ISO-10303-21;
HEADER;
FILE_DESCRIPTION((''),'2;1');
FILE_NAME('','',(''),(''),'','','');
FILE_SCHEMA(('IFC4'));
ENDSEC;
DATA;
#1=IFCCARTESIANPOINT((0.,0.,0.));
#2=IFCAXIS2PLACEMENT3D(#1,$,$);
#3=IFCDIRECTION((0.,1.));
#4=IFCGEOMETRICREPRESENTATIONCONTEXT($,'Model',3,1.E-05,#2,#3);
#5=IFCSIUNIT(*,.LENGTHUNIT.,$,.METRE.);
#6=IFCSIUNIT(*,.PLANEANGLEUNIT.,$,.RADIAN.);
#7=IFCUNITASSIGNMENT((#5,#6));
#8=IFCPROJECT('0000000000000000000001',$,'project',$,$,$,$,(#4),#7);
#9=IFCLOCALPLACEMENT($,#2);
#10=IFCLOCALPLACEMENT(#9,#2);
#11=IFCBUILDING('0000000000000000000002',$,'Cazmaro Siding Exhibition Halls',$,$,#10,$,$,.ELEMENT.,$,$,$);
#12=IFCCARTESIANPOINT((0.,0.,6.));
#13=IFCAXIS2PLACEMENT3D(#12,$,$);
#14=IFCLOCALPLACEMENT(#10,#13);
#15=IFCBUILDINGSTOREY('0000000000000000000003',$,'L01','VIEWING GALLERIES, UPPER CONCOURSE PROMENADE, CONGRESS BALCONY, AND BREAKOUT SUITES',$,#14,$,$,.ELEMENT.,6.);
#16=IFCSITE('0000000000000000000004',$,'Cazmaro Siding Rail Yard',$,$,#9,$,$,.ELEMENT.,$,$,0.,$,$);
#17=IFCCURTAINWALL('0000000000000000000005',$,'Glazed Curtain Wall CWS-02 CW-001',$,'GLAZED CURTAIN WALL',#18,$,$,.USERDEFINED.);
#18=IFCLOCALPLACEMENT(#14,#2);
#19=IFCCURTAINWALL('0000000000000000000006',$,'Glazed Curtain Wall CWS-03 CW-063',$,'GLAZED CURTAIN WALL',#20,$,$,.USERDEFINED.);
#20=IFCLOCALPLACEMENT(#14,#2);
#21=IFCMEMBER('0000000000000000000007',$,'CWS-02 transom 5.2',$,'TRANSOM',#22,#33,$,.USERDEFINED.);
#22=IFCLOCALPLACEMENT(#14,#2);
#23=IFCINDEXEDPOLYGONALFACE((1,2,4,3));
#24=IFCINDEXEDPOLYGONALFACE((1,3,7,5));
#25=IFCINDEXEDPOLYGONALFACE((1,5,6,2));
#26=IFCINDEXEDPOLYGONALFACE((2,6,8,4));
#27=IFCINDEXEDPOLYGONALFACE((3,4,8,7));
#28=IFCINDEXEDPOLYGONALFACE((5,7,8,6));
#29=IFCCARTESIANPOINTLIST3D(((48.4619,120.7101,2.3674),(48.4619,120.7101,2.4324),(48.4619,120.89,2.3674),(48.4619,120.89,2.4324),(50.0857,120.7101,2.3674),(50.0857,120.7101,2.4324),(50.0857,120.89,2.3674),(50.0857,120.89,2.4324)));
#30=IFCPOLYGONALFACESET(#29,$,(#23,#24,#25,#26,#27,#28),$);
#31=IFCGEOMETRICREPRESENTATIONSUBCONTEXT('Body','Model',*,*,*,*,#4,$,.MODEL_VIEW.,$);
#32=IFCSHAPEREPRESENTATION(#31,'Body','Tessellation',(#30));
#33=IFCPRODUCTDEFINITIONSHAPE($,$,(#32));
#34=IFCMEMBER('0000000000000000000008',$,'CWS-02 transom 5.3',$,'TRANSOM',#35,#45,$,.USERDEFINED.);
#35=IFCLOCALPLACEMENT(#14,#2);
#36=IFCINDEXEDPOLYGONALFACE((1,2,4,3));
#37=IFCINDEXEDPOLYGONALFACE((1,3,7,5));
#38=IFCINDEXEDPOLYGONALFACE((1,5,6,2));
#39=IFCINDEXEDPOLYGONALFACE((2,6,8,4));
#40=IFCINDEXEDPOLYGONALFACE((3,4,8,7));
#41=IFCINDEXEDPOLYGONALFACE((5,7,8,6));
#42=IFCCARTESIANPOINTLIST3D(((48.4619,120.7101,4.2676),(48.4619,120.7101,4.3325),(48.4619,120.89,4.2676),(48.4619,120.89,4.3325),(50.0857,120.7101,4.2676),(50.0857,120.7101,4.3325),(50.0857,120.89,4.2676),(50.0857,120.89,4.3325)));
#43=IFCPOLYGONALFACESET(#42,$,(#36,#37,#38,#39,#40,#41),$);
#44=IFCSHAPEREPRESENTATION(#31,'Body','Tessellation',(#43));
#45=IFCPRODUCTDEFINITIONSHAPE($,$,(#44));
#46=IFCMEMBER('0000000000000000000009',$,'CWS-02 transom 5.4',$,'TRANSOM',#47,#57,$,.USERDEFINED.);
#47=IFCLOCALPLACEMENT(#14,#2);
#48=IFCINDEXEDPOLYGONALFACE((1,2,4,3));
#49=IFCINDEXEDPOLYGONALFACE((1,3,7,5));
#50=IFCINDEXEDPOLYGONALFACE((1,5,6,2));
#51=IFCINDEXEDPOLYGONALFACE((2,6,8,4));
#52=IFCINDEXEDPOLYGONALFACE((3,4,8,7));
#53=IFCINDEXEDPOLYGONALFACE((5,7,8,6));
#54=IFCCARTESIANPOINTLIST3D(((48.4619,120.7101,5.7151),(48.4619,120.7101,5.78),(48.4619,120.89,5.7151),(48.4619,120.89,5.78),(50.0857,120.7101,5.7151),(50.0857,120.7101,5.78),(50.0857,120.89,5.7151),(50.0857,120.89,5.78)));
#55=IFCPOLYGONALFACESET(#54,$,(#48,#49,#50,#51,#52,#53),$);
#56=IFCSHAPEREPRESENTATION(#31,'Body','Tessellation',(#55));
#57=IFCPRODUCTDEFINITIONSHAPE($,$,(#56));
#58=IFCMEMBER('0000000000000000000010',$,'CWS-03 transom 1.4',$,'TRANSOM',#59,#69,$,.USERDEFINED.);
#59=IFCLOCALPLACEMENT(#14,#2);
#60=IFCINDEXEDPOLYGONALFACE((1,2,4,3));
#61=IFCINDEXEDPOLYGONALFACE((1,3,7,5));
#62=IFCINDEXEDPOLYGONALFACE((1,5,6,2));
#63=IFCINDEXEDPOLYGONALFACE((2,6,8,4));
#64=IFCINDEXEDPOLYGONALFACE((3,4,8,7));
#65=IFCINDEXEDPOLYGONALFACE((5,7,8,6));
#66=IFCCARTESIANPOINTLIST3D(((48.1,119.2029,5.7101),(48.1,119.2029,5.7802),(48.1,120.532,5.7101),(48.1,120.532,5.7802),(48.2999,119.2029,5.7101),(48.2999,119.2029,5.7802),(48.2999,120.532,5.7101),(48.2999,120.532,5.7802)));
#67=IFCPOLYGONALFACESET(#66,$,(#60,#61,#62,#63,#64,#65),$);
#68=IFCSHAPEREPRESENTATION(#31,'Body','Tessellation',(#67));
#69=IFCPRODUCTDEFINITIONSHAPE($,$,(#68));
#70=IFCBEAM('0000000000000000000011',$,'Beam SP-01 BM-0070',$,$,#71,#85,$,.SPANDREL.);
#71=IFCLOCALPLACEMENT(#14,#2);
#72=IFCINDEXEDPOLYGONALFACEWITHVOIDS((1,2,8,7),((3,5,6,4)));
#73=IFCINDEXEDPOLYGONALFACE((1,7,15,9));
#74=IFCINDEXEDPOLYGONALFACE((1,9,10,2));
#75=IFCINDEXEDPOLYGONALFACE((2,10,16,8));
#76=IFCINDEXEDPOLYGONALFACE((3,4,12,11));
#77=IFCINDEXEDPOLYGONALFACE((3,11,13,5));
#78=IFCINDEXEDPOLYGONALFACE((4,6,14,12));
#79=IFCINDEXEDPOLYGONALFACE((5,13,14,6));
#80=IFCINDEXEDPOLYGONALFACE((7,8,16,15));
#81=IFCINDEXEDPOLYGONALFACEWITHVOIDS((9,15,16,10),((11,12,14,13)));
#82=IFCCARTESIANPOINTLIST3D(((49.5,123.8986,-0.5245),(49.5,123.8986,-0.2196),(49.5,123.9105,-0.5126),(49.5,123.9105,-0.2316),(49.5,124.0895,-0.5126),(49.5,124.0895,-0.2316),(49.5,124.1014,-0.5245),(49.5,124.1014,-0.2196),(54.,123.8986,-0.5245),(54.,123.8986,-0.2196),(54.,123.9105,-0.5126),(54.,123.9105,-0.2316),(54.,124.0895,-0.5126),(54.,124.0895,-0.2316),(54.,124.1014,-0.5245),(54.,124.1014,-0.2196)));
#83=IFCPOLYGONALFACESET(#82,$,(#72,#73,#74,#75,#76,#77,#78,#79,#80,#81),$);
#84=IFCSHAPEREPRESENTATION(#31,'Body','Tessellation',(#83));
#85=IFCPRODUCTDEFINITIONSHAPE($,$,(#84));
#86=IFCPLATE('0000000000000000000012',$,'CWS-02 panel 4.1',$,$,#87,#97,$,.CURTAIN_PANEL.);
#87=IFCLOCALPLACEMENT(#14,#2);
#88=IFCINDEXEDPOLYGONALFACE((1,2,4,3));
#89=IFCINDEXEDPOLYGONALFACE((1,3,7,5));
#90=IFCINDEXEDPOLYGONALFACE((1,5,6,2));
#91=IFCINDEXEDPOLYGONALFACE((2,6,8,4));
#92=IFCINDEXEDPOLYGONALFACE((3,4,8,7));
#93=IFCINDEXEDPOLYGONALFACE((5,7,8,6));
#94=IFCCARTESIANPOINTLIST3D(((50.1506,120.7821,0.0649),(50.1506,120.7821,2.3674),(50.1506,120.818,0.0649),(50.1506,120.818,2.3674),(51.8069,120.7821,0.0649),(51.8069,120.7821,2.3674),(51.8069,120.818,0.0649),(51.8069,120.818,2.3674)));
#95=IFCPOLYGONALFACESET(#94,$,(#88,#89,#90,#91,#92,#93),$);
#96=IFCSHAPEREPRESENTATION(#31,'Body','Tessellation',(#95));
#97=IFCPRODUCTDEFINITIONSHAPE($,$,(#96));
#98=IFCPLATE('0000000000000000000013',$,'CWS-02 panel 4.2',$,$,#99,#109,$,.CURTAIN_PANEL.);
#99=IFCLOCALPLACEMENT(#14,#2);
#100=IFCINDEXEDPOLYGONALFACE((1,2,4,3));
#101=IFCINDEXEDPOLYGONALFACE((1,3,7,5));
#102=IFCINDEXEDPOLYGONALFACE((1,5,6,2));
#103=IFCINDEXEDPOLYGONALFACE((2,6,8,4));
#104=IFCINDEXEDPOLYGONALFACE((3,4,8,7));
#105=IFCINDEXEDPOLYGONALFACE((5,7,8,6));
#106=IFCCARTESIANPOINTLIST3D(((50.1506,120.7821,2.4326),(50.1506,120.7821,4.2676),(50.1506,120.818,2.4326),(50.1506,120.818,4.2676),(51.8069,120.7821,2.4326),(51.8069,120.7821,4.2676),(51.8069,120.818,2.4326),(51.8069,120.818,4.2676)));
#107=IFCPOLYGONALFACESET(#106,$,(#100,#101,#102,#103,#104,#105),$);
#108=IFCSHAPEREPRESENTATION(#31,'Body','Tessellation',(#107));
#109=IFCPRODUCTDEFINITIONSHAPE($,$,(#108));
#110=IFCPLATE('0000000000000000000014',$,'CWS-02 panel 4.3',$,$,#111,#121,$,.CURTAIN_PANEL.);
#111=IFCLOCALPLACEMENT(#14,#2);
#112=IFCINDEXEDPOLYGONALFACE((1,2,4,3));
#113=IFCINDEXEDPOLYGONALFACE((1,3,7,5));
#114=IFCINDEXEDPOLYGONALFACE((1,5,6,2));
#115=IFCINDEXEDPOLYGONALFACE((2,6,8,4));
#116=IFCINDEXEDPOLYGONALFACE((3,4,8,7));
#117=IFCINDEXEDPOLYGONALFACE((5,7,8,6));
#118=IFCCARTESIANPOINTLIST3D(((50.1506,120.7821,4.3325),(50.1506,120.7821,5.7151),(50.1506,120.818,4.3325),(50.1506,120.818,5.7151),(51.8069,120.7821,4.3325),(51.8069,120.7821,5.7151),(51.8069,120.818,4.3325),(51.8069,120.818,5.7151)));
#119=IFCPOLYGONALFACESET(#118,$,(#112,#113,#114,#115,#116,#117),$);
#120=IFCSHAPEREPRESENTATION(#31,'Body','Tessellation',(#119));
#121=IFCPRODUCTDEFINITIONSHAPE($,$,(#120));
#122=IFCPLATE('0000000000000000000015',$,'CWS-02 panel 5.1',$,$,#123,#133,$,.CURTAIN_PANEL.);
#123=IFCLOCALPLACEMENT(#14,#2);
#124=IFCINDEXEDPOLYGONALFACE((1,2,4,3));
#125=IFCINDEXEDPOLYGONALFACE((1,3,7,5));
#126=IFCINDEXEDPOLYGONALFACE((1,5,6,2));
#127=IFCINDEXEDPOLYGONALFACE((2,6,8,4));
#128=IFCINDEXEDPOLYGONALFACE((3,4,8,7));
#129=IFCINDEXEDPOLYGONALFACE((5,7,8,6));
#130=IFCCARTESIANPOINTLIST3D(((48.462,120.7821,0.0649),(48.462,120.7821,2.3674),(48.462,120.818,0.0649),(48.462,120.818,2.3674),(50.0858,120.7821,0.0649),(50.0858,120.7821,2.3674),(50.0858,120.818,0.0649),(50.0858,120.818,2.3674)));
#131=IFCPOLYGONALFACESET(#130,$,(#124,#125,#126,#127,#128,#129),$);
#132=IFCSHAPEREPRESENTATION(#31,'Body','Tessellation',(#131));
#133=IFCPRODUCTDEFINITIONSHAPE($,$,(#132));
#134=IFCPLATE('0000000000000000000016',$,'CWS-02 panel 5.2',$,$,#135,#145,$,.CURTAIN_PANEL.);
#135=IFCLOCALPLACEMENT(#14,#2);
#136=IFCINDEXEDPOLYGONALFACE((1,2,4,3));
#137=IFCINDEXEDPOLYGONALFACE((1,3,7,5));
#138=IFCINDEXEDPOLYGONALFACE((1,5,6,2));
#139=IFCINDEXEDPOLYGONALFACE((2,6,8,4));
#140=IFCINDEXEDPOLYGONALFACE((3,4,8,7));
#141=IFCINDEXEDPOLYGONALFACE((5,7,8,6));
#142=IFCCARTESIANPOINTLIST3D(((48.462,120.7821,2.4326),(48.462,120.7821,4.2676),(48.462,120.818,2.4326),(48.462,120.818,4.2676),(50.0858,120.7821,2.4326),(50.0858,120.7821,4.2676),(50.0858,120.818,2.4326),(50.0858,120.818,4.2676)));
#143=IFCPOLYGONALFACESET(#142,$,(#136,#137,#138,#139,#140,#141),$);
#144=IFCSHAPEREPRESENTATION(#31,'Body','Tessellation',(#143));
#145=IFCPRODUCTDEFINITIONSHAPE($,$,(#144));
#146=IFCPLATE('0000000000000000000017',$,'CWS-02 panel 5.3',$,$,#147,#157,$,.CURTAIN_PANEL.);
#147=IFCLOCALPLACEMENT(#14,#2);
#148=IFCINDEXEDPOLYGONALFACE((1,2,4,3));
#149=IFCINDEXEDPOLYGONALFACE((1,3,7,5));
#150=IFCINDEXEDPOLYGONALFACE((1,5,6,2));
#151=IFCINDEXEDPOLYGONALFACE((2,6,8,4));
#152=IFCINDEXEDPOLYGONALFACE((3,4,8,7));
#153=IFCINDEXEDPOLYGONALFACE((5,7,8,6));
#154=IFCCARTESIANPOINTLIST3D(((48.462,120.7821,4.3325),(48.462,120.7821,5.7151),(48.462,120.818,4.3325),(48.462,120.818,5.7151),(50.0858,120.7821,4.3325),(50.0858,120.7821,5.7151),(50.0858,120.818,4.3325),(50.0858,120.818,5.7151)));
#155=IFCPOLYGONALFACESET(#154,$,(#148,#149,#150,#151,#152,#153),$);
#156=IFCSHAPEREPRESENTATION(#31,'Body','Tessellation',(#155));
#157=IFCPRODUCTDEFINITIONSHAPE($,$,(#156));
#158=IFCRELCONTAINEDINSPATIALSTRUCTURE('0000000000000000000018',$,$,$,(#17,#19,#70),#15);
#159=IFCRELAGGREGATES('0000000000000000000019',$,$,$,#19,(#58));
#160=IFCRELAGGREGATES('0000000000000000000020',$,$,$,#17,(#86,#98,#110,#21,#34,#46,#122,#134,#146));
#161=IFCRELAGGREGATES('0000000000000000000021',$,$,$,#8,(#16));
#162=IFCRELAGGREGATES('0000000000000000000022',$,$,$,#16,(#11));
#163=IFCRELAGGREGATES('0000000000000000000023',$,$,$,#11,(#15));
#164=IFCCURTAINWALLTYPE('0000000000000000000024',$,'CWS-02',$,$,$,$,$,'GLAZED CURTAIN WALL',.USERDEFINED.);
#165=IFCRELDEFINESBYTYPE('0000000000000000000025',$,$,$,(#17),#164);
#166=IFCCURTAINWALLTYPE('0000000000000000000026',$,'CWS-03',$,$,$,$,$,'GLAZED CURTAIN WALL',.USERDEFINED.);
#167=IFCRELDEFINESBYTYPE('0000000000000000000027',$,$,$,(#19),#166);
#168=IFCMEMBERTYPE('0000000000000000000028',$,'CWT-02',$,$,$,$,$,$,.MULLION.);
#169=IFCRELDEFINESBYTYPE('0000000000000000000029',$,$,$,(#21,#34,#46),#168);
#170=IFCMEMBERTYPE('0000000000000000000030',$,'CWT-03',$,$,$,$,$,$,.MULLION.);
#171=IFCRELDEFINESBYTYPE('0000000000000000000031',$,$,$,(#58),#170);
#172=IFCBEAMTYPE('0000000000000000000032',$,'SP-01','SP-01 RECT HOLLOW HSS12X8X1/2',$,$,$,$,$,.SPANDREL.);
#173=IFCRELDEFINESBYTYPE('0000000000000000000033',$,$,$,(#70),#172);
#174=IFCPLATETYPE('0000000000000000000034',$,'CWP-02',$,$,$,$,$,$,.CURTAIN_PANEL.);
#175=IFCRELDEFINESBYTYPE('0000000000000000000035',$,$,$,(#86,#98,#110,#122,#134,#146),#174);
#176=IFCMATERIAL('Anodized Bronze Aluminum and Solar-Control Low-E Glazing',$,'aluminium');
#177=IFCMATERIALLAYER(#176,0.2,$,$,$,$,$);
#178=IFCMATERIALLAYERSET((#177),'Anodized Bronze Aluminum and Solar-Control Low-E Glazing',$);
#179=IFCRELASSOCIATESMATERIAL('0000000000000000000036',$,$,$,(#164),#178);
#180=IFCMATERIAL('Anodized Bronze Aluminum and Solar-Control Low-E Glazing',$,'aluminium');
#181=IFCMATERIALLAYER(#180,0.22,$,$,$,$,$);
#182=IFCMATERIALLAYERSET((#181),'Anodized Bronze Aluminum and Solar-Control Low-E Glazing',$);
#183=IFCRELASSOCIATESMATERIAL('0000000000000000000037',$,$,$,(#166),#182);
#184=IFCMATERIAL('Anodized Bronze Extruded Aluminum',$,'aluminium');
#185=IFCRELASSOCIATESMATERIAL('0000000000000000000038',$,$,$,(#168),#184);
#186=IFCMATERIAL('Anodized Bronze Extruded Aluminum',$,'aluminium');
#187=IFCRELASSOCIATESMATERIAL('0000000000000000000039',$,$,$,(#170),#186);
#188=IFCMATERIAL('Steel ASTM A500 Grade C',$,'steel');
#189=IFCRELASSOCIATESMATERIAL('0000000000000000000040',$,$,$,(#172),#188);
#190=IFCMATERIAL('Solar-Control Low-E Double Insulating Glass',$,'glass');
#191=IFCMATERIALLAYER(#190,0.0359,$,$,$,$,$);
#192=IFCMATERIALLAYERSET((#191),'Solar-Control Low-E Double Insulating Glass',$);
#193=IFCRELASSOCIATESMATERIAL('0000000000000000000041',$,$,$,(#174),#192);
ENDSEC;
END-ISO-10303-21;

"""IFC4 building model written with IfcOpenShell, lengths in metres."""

from ifc_helpers import new_model, si_unit, direction, frame, origin, origin_2d, place, context, subcontext, project, spatial, rectangle, hollow_rectangle, extrude, material, layer, layer_set, material_profile, profile_set, type_object, element, aggregate, save


model = new_model("IFC4")

# Units and contexts
model_context = context("Model", 3, precision=1e-05, world=origin(), true_north=direction((0.0, 1.0)))
body_context = subcontext(model_context, "Body", "Model", "MODEL_VIEW")
ifc_project = project(units=[si_unit("LENGTHUNIT", "METRE"), si_unit("PLANEANGLEUNIT", "RADIAN")], contexts=[model_context])

# Site, building, storey
site_placement = place(None, origin())
site = spatial("IfcSite", under=ifc_project, at=site_placement, Name="Cazmaro Siding Rail Yard", CompositionType="ELEMENT", RefElevation=0.0)
building_placement = place(site_placement, origin())
building = spatial("IfcBuilding", under=site, at=building_placement, Name="Cazmaro Siding Exhibition Halls", CompositionType="ELEMENT")
storey_placement = place(building_placement, frame((0.0, 0.0, 6.0)))
storey = spatial("IfcBuildingStorey", under=building, at=storey_placement, Name="L01", Description="VIEWING GALLERIES, UPPER CONCOURSE PROMENADE, CONGRESS BALCONY, AND BREAKOUT SUITES", CompositionType="ELEMENT", Elevation=6.0)

# Curtain wall
ifc_material_1 = material(Name="Anodized Bronze Aluminum and Solar-Control Low-E Glazing", Category="aluminium")
ifc_layer_1 = layer(ifc_material_1, 0.2)
ifc_layer_set_1 = layer_set([ifc_layer_1], Name="Anodized Bronze Aluminum and Solar-Control Low-E Glazing")
curtain_wall_type_1 = type_object("IfcCurtainWallType", Name="CWS-02", ElementType="GLAZED CURTAIN WALL", PredefinedType="USERDEFINED", material=ifc_layer_set_1)
curtain_wall_1_placement = place(storey_placement, origin())
curtain_wall_1 = element("IfcCurtainWall", 1, at=curtain_wall_1_placement, inside=storey, type_object=curtain_wall_type_1, Name="Glazed Curtain Wall CWS-02 CW-001", ObjectType="GLAZED CURTAIN WALL", PredefinedType="USERDEFINED")

# Curtain wall
ifc_material_2 = material(Name="Anodized Bronze Aluminum and Solar-Control Low-E Glazing", Category="aluminium")
ifc_layer_2 = layer(ifc_material_2, 0.22)
ifc_layer_set_2 = layer_set([ifc_layer_2], Name="Anodized Bronze Aluminum and Solar-Control Low-E Glazing")
curtain_wall_type_2 = type_object("IfcCurtainWallType", Name="CWS-03", ElementType="GLAZED CURTAIN WALL", PredefinedType="USERDEFINED", material=ifc_layer_set_2)
curtain_wall_2_placement = place(storey_placement, origin())
curtain_wall_2 = element("IfcCurtainWall", 2, at=curtain_wall_2_placement, inside=storey, type_object=curtain_wall_type_2, Name="Glazed Curtain Wall CWS-03 CW-063", ObjectType="GLAZED CURTAIN WALL", PredefinedType="USERDEFINED")

# Members
ifc_material_3 = material(Name="Anodized Bronze Extruded Aluminum", Category="aluminium")
ifc_material_profile_1 = material_profile(ifc_material_3, rectangle(XDim=0.1799, YDim=0.0649, at=origin_2d()), Name="CWT-02")
ifc_profile_set_1 = profile_set([ifc_material_profile_1], Name="Anodized Bronze Extruded Aluminum")
member_type_1 = type_object("IfcMemberType", Name="CWT-02", PredefinedType="MULLION", material=ifc_profile_set_1)
member_1_placement = place(storey_placement, frame((50.0857, 120.8, 2.3999), z_axis=(-1.0, 0.0, 0.0), x_axis=(0.0, -1.0, 0.0)))
member_1 = element("IfcMember", 3, at=member_1_placement, type_object=member_type_1, Name="CWS-02 transom 5.2", ObjectType="TRANSOM", PredefinedType="USERDEFINED", context=body_context, shape_type="SweptSolid", body=[
    extrude(rectangle(XDim=0.1799, YDim=0.0649, at=origin_2d()), origin(), (0.0, 0.0, 1.0), 1.6238),
])
member_2_placement = place(storey_placement, frame((50.0857, 120.8, 4.3), z_axis=(-1.0, 0.0, 0.0), x_axis=(0.0, -1.0, 0.0)))
member_2 = element("IfcMember", 4, at=member_2_placement, type_object=member_type_1, Name="CWS-02 transom 5.3", ObjectType="TRANSOM", PredefinedType="USERDEFINED", context=body_context, shape_type="SweptSolid", body=[
    extrude(rectangle(XDim=0.1799, YDim=0.0649, at=origin_2d()), origin(), (0.0, 0.0, 1.0), 1.6238),
])
member_3_placement = place(storey_placement, frame((50.0857, 120.8, 5.7476), z_axis=(-1.0, 0.0, 0.0), x_axis=(0.0, -1.0, 0.0)))
member_3 = element("IfcMember", 5, at=member_3_placement, type_object=member_type_1, Name="CWS-02 transom 5.4", ObjectType="TRANSOM", PredefinedType="USERDEFINED", context=body_context, shape_type="SweptSolid", body=[
    extrude(rectangle(XDim=0.1799, YDim=0.0649, at=origin_2d()), origin(), (0.0, 0.0, 1.0), 1.6238),
])
ifc_material_4 = material(Name="Anodized Bronze Extruded Aluminum", Category="aluminium")
ifc_material_profile_2 = material_profile(ifc_material_4, rectangle(XDim=0.2, YDim=0.0701, at=origin_2d()), Name="CWT-03")
ifc_profile_set_2 = profile_set([ifc_material_profile_2], Name="Anodized Bronze Extruded Aluminum")
member_type_2 = type_object("IfcMemberType", Name="CWT-03", PredefinedType="MULLION", material=ifc_profile_set_2)
member_4_placement = place(storey_placement, frame((48.2, 120.532, 5.7451), z_axis=(0.0, -1.0, 0.0), x_axis=(1.0, 0.0, 0.0)))
member_4 = element("IfcMember", 6, at=member_4_placement, type_object=member_type_2, Name="CWS-03 transom 1.4", ObjectType="TRANSOM", PredefinedType="USERDEFINED", context=body_context, shape_type="SweptSolid", body=[
    extrude(rectangle(XDim=0.2, YDim=0.0701, at=origin_2d()), origin(), (0.0, 0.0, 1.0), 1.3291),
])
aggregate(curtain_wall_2, [member_4])

# Beam
ifc_material_5 = material(Name="Steel ASTM A500 Grade C", Category="steel")
ifc_material_profile_3 = material_profile(ifc_material_5, hollow_rectangle(XDim=0.2029, YDim=0.3049, WallThickness=0.012, at=origin_2d()), Name="HSS12X8X1/2")
ifc_profile_set_3 = profile_set([ifc_material_profile_3], Name="Steel ASTM A500 Grade C")
beam_type_1 = type_object("IfcBeamType", Name="SP-01", Description="SP-01 RECT HOLLOW HSS12X8X1/2", PredefinedType="SPANDREL", material=ifc_profile_set_3)
beam_1_placement = place(storey_placement, frame((49.5, 124.0, -0.3721), z_axis=(1.0, 0.0, 0.0), x_axis=(0.0, 1.0, 0.0)))
element("IfcBeam", 7, at=beam_1_placement, inside=storey, type_object=beam_type_1, Name="Beam SP-01 BM-0070", PredefinedType="SPANDREL", context=body_context, shape_type="SweptSolid", body=[
    extrude(hollow_rectangle(XDim=0.2029, YDim=0.3049, WallThickness=0.012, at=origin_2d()), origin(), (0.0, 0.0, 1.0), 4.5),
])

# Plates
ifc_material_6 = material(Name="Solar-Control Low-E Double Insulating Glass", Category="glass")
ifc_layer_3 = layer(ifc_material_6, 0.0359)
ifc_layer_set_3 = layer_set([ifc_layer_3], Name="Solar-Control Low-E Double Insulating Glass")
plate_type = type_object("IfcPlateType", Name="CWP-02", PredefinedType="CURTAIN_PANEL", material=ifc_layer_set_3)
plate_1_placement = place(storey_placement, frame((50.9788, 120.8, 0.0649), z_axis=(0.0, 0.0, 1.0), x_axis=(-1.0, 0.0, 0.0)))
plate_1 = element("IfcPlate", 8, at=plate_1_placement, type_object=plate_type, Name="CWS-02 panel 4.1", PredefinedType="CURTAIN_PANEL", context=body_context, shape_type="SweptSolid", body=[
    extrude(rectangle(XDim=1.6562, YDim=0.0359, at=origin_2d()), origin(), (0.0, 0.0, 1.0), 2.3025),
])
plate_2_placement = place(storey_placement, frame((50.9788, 120.8, 2.4326), z_axis=(0.0, 0.0, 1.0), x_axis=(-1.0, 0.0, 0.0)))
plate_2 = element("IfcPlate", 9, at=plate_2_placement, type_object=plate_type, Name="CWS-02 panel 4.2", PredefinedType="CURTAIN_PANEL", context=body_context, shape_type="SweptSolid", body=[
    extrude(rectangle(XDim=1.6562, YDim=0.0359, at=origin_2d()), origin(), (0.0, 0.0, 1.0), 1.835),
])
plate_3_placement = place(storey_placement, frame((50.9788, 120.8, 4.3325), z_axis=(0.0, 0.0, 1.0), x_axis=(-1.0, 0.0, 0.0)))
plate_3 = element("IfcPlate", 10, at=plate_3_placement, type_object=plate_type, Name="CWS-02 panel 4.3", PredefinedType="CURTAIN_PANEL", context=body_context, shape_type="SweptSolid", body=[
    extrude(rectangle(XDim=1.6562, YDim=0.0359, at=origin_2d()), origin(), (0.0, 0.0, 1.0), 1.3826),
])
plate_4_placement = place(storey_placement, frame((49.2739, 120.8, 0.0649), z_axis=(0.0, 0.0, 1.0), x_axis=(-1.0, 0.0, 0.0)))
plate_4 = element("IfcPlate", 11, at=plate_4_placement, type_object=plate_type, Name="CWS-02 panel 5.1", PredefinedType="CURTAIN_PANEL", context=body_context, shape_type="SweptSolid", body=[
    extrude(rectangle(XDim=1.6238, YDim=0.0359, at=origin_2d()), origin(), (0.0, 0.0, 1.0), 2.3025),
])
plate_5_placement = place(storey_placement, frame((49.2739, 120.8, 2.4326), z_axis=(0.0, 0.0, 1.0), x_axis=(-1.0, 0.0, 0.0)))
plate_5 = element("IfcPlate", 12, at=plate_5_placement, type_object=plate_type, Name="CWS-02 panel 5.2", PredefinedType="CURTAIN_PANEL", context=body_context, shape_type="SweptSolid", body=[
    extrude(rectangle(XDim=1.6238, YDim=0.0359, at=origin_2d()), origin(), (0.0, 0.0, 1.0), 1.835),
])
plate_6_placement = place(storey_placement, frame((49.2739, 120.8, 4.3325), z_axis=(0.0, 0.0, 1.0), x_axis=(-1.0, 0.0, 0.0)))
plate_6 = element("IfcPlate", 13, at=plate_6_placement, type_object=plate_type, Name="CWS-02 panel 5.3", PredefinedType="CURTAIN_PANEL", context=body_context, shape_type="SweptSolid", body=[
    extrude(rectangle(XDim=1.6238, YDim=0.0359, at=origin_2d()), origin(), (0.0, 0.0, 1.0), 1.3826),
])
aggregate(curtain_wall_1, [plate_1, plate_2, plate_3, member_1, member_2, member_3, plate_4, plate_5, plate_6])

save(model, "model.ifc")
